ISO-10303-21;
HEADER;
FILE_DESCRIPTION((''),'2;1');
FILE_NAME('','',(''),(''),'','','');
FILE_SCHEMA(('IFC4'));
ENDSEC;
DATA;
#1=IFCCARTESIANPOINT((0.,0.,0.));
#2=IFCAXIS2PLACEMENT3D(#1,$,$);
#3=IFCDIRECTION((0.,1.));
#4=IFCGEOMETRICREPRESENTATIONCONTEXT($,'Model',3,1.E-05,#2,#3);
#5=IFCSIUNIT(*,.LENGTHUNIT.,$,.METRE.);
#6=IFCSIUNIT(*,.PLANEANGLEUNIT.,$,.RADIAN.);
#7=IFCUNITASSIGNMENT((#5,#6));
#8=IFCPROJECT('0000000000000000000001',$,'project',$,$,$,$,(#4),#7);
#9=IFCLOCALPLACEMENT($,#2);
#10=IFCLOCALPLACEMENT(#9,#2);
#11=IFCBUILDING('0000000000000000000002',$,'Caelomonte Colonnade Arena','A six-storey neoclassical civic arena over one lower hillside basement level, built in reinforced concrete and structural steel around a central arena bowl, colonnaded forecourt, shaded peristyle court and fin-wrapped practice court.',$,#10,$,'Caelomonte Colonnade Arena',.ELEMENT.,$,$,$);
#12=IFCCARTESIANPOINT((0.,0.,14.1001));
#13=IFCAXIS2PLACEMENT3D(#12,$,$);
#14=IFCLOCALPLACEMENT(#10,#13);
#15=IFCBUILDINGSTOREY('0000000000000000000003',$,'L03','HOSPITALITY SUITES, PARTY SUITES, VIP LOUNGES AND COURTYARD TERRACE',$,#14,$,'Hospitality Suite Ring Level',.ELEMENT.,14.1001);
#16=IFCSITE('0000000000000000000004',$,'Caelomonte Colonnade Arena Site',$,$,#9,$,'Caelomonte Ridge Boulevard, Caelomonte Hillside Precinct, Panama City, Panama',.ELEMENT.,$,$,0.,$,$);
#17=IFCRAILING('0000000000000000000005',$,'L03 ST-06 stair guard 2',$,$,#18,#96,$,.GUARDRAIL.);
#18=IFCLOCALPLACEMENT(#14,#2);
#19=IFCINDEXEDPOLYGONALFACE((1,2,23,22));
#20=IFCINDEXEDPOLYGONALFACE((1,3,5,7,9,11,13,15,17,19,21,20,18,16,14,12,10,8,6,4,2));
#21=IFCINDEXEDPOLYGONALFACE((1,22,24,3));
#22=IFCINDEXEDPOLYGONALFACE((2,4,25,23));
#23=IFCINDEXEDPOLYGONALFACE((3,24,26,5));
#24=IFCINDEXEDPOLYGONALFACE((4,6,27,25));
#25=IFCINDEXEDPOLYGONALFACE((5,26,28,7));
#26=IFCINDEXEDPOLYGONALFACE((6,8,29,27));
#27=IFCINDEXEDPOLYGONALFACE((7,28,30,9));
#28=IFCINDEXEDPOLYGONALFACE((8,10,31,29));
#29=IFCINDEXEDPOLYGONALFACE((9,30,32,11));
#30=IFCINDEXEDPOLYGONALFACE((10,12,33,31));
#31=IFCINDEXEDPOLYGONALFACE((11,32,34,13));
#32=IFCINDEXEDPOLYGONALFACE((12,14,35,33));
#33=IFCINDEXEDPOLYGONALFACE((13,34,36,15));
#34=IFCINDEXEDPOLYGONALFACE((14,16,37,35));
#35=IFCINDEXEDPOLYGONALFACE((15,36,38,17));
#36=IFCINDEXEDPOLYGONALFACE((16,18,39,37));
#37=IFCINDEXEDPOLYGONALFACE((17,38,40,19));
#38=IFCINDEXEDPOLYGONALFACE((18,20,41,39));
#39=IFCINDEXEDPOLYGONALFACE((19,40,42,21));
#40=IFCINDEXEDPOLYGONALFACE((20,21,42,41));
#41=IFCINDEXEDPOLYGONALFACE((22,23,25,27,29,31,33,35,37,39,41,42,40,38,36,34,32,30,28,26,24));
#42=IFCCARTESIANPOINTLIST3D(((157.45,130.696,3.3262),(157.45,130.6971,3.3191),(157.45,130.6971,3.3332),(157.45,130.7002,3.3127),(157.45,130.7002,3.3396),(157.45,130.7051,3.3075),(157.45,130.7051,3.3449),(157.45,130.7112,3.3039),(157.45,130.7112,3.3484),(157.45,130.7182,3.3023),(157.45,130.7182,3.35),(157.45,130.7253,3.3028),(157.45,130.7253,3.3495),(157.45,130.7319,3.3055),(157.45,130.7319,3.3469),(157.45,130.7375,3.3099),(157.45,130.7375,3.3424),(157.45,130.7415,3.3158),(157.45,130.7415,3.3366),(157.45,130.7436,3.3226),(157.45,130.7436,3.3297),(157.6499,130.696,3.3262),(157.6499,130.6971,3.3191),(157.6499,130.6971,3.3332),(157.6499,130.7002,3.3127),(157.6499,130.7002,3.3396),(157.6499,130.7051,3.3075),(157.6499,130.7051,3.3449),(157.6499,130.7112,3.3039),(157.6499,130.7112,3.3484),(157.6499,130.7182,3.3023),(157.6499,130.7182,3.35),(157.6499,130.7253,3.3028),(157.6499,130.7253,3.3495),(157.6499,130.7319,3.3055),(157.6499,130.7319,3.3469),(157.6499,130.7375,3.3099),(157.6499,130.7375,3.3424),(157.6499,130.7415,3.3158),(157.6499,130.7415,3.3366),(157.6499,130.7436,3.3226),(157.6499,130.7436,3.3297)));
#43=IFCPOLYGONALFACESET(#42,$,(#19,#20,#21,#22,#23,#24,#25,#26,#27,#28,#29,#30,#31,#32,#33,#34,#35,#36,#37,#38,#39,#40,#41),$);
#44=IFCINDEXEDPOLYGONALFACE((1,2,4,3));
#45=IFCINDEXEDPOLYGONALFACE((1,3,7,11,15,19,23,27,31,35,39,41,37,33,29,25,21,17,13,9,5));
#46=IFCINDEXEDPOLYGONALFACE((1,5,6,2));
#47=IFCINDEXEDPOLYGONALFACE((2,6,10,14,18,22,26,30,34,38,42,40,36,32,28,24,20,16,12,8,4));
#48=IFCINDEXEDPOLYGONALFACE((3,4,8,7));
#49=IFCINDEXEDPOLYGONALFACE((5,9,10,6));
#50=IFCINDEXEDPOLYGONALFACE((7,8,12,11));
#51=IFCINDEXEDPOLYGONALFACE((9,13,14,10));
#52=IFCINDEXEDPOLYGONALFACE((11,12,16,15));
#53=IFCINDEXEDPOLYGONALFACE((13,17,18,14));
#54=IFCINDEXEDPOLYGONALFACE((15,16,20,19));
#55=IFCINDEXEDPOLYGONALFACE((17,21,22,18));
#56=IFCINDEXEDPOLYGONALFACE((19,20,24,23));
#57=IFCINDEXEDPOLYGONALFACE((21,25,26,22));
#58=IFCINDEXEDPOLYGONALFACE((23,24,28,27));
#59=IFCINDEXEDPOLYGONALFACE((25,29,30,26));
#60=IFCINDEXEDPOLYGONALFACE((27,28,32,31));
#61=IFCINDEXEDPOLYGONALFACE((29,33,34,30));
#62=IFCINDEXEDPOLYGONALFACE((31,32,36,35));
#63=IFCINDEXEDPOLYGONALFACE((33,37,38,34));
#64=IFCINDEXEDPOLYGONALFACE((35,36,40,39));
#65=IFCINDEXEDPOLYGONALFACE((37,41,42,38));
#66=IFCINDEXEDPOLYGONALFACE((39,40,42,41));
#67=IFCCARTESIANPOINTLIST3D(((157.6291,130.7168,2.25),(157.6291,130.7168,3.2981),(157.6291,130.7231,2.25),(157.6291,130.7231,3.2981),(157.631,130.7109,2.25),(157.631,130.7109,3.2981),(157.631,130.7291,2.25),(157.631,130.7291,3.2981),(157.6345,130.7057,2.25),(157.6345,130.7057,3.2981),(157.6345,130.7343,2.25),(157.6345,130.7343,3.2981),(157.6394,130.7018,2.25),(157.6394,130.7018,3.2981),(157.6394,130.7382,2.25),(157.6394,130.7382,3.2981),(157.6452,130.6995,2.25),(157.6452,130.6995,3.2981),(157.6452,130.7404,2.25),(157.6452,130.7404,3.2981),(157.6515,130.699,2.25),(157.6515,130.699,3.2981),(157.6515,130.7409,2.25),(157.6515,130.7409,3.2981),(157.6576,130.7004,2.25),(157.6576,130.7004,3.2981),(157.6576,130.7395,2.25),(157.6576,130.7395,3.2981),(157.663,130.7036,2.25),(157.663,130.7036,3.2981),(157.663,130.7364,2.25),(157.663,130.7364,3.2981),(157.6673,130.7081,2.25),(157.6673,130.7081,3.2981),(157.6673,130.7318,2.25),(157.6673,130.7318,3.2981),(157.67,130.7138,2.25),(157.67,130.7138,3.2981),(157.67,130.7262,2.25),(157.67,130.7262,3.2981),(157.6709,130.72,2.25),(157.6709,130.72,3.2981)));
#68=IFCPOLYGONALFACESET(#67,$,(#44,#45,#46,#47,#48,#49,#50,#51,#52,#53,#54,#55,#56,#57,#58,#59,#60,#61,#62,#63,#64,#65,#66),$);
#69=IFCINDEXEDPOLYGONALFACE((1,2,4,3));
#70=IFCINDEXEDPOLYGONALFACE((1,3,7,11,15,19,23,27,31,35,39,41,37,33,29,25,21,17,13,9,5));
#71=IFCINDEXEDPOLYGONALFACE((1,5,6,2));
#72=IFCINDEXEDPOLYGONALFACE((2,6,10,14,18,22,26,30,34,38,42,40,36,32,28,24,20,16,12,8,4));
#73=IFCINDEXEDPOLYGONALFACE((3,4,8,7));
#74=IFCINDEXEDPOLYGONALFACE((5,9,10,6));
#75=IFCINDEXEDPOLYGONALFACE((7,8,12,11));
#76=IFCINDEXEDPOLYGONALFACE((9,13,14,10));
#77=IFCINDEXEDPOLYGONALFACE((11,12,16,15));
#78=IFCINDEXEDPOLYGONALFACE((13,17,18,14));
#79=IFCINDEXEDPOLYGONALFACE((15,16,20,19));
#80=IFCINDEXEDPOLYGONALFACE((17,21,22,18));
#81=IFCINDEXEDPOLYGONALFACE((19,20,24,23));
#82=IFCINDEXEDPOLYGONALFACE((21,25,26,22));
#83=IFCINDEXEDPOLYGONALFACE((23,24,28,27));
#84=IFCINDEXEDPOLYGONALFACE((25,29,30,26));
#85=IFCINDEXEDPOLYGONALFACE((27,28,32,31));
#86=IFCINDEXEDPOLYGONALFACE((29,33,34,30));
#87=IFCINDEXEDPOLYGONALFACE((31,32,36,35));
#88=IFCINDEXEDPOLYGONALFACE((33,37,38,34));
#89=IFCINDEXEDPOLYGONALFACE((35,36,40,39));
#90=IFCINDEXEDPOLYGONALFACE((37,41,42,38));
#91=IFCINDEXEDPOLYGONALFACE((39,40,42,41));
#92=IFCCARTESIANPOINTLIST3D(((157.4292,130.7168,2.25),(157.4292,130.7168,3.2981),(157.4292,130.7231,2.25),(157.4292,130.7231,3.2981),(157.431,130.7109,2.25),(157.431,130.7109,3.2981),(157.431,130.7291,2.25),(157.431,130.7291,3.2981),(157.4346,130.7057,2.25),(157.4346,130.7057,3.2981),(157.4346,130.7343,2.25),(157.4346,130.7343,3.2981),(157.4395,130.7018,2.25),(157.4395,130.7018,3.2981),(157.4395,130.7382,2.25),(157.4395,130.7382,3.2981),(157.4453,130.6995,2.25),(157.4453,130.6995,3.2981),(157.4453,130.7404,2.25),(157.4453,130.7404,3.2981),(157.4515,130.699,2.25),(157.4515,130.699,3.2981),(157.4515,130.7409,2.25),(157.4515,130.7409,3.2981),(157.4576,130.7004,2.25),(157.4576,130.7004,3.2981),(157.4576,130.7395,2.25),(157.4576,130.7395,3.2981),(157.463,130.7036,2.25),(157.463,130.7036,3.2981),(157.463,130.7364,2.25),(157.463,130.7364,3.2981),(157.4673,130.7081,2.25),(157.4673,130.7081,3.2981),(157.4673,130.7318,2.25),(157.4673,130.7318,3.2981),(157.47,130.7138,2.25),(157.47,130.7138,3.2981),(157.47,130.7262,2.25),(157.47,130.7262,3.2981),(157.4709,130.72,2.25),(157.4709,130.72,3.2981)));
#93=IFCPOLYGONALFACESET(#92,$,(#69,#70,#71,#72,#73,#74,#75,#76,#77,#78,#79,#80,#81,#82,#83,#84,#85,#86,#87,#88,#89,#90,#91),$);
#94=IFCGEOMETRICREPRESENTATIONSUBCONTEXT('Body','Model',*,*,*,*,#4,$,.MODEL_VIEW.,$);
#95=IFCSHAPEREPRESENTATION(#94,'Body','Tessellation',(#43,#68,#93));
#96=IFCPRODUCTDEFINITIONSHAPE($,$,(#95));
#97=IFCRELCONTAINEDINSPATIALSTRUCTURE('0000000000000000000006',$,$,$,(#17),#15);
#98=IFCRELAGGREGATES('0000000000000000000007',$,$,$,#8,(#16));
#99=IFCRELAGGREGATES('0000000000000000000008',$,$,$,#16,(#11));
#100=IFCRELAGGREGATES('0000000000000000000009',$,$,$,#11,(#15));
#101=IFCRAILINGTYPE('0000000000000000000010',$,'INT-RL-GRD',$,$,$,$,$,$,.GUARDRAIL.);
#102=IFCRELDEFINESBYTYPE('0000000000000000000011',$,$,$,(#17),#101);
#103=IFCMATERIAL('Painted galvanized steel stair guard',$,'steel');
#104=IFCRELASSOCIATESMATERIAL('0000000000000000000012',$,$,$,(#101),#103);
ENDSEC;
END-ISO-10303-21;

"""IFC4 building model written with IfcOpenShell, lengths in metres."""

from ifc_helpers import new_model, si_unit, direction, frame, origin, origin_2d, place, context, subcontext, project, spatial, circle, extrude, material, type_object, element, save


model = new_model("IFC4")

# Units and contexts
model_context = context("Model", 3, precision=1e-05, world=origin(), true_north=direction((0.0, 1.0)))
body_context = subcontext(model_context, "Body", "Model", "MODEL_VIEW")
ifc_project = project(units=[si_unit("LENGTHUNIT", "METRE"), si_unit("PLANEANGLEUNIT", "RADIAN")], contexts=[model_context])

# Site, building, storey
site_placement = place(None, origin())
site = spatial("IfcSite", under=ifc_project, at=site_placement, Name="Caelomonte Colonnade Arena Site", LongName="Caelomonte Ridge Boulevard, Caelomonte Hillside Precinct, Panama City, Panama", CompositionType="ELEMENT", RefElevation=0.0)
building_placement = place(site_placement, origin())
building = spatial("IfcBuilding", under=site, at=building_placement, Name="Caelomonte Colonnade Arena", Description="A six-storey neoclassical civic arena over one lower hillside basement level, built in reinforced concrete and structural steel around a central arena bowl, colonnaded forecourt, shaded peristyle court and fin-wrapped practice court.", LongName="Caelomonte Colonnade Arena", CompositionType="ELEMENT")
storey_placement = place(building_placement, frame((0.0, 0.0, 14.1001)))
storey = spatial("IfcBuildingStorey", under=building, at=storey_placement, Name="L03", Description="HOSPITALITY SUITES, PARTY SUITES, VIP LOUNGES AND COURTYARD TERRACE", LongName="Hospitality Suite Ring Level", CompositionType="ELEMENT", Elevation=14.1001)

# Railing
ifc_material_1 = material(Name="Painted galvanized steel stair guard", Category="steel")
railing_type_1 = type_object("IfcRailingType", Name="INT-RL-GRD", PredefinedType="GUARDRAIL", material=ifc_material_1)
railing_1_placement = place(storey_placement, frame((157.6499, 130.72, 2.25)))
element("IfcRailing", 1, at=railing_1_placement, inside=storey, type_object=railing_type_1, Name="L03 ST-06 stair guard 2", PredefinedType="GUARDRAIL", context=body_context, shape_type="SweptSolid", body=[
    extrude(circle(Radius=0.0239, at=origin_2d()), frame((0.0, 0.0, 1.0762), z_axis=(-1.0, 0.0, 0.0), x_axis=(0.0, -1.0, 0.0)), (0.0, 0.0, 1.0), 0.2),
    extrude(circle(Radius=0.021, at=origin_2d()), origin(), (0.0, 0.0, 1.0), 1.0481),
    extrude(circle(Radius=0.021, at=origin_2d()), frame((-0.2, 0.0, 0.0)), (0.0, 0.0, 1.0), 1.0481),
])

save(model, "model.ifc")
